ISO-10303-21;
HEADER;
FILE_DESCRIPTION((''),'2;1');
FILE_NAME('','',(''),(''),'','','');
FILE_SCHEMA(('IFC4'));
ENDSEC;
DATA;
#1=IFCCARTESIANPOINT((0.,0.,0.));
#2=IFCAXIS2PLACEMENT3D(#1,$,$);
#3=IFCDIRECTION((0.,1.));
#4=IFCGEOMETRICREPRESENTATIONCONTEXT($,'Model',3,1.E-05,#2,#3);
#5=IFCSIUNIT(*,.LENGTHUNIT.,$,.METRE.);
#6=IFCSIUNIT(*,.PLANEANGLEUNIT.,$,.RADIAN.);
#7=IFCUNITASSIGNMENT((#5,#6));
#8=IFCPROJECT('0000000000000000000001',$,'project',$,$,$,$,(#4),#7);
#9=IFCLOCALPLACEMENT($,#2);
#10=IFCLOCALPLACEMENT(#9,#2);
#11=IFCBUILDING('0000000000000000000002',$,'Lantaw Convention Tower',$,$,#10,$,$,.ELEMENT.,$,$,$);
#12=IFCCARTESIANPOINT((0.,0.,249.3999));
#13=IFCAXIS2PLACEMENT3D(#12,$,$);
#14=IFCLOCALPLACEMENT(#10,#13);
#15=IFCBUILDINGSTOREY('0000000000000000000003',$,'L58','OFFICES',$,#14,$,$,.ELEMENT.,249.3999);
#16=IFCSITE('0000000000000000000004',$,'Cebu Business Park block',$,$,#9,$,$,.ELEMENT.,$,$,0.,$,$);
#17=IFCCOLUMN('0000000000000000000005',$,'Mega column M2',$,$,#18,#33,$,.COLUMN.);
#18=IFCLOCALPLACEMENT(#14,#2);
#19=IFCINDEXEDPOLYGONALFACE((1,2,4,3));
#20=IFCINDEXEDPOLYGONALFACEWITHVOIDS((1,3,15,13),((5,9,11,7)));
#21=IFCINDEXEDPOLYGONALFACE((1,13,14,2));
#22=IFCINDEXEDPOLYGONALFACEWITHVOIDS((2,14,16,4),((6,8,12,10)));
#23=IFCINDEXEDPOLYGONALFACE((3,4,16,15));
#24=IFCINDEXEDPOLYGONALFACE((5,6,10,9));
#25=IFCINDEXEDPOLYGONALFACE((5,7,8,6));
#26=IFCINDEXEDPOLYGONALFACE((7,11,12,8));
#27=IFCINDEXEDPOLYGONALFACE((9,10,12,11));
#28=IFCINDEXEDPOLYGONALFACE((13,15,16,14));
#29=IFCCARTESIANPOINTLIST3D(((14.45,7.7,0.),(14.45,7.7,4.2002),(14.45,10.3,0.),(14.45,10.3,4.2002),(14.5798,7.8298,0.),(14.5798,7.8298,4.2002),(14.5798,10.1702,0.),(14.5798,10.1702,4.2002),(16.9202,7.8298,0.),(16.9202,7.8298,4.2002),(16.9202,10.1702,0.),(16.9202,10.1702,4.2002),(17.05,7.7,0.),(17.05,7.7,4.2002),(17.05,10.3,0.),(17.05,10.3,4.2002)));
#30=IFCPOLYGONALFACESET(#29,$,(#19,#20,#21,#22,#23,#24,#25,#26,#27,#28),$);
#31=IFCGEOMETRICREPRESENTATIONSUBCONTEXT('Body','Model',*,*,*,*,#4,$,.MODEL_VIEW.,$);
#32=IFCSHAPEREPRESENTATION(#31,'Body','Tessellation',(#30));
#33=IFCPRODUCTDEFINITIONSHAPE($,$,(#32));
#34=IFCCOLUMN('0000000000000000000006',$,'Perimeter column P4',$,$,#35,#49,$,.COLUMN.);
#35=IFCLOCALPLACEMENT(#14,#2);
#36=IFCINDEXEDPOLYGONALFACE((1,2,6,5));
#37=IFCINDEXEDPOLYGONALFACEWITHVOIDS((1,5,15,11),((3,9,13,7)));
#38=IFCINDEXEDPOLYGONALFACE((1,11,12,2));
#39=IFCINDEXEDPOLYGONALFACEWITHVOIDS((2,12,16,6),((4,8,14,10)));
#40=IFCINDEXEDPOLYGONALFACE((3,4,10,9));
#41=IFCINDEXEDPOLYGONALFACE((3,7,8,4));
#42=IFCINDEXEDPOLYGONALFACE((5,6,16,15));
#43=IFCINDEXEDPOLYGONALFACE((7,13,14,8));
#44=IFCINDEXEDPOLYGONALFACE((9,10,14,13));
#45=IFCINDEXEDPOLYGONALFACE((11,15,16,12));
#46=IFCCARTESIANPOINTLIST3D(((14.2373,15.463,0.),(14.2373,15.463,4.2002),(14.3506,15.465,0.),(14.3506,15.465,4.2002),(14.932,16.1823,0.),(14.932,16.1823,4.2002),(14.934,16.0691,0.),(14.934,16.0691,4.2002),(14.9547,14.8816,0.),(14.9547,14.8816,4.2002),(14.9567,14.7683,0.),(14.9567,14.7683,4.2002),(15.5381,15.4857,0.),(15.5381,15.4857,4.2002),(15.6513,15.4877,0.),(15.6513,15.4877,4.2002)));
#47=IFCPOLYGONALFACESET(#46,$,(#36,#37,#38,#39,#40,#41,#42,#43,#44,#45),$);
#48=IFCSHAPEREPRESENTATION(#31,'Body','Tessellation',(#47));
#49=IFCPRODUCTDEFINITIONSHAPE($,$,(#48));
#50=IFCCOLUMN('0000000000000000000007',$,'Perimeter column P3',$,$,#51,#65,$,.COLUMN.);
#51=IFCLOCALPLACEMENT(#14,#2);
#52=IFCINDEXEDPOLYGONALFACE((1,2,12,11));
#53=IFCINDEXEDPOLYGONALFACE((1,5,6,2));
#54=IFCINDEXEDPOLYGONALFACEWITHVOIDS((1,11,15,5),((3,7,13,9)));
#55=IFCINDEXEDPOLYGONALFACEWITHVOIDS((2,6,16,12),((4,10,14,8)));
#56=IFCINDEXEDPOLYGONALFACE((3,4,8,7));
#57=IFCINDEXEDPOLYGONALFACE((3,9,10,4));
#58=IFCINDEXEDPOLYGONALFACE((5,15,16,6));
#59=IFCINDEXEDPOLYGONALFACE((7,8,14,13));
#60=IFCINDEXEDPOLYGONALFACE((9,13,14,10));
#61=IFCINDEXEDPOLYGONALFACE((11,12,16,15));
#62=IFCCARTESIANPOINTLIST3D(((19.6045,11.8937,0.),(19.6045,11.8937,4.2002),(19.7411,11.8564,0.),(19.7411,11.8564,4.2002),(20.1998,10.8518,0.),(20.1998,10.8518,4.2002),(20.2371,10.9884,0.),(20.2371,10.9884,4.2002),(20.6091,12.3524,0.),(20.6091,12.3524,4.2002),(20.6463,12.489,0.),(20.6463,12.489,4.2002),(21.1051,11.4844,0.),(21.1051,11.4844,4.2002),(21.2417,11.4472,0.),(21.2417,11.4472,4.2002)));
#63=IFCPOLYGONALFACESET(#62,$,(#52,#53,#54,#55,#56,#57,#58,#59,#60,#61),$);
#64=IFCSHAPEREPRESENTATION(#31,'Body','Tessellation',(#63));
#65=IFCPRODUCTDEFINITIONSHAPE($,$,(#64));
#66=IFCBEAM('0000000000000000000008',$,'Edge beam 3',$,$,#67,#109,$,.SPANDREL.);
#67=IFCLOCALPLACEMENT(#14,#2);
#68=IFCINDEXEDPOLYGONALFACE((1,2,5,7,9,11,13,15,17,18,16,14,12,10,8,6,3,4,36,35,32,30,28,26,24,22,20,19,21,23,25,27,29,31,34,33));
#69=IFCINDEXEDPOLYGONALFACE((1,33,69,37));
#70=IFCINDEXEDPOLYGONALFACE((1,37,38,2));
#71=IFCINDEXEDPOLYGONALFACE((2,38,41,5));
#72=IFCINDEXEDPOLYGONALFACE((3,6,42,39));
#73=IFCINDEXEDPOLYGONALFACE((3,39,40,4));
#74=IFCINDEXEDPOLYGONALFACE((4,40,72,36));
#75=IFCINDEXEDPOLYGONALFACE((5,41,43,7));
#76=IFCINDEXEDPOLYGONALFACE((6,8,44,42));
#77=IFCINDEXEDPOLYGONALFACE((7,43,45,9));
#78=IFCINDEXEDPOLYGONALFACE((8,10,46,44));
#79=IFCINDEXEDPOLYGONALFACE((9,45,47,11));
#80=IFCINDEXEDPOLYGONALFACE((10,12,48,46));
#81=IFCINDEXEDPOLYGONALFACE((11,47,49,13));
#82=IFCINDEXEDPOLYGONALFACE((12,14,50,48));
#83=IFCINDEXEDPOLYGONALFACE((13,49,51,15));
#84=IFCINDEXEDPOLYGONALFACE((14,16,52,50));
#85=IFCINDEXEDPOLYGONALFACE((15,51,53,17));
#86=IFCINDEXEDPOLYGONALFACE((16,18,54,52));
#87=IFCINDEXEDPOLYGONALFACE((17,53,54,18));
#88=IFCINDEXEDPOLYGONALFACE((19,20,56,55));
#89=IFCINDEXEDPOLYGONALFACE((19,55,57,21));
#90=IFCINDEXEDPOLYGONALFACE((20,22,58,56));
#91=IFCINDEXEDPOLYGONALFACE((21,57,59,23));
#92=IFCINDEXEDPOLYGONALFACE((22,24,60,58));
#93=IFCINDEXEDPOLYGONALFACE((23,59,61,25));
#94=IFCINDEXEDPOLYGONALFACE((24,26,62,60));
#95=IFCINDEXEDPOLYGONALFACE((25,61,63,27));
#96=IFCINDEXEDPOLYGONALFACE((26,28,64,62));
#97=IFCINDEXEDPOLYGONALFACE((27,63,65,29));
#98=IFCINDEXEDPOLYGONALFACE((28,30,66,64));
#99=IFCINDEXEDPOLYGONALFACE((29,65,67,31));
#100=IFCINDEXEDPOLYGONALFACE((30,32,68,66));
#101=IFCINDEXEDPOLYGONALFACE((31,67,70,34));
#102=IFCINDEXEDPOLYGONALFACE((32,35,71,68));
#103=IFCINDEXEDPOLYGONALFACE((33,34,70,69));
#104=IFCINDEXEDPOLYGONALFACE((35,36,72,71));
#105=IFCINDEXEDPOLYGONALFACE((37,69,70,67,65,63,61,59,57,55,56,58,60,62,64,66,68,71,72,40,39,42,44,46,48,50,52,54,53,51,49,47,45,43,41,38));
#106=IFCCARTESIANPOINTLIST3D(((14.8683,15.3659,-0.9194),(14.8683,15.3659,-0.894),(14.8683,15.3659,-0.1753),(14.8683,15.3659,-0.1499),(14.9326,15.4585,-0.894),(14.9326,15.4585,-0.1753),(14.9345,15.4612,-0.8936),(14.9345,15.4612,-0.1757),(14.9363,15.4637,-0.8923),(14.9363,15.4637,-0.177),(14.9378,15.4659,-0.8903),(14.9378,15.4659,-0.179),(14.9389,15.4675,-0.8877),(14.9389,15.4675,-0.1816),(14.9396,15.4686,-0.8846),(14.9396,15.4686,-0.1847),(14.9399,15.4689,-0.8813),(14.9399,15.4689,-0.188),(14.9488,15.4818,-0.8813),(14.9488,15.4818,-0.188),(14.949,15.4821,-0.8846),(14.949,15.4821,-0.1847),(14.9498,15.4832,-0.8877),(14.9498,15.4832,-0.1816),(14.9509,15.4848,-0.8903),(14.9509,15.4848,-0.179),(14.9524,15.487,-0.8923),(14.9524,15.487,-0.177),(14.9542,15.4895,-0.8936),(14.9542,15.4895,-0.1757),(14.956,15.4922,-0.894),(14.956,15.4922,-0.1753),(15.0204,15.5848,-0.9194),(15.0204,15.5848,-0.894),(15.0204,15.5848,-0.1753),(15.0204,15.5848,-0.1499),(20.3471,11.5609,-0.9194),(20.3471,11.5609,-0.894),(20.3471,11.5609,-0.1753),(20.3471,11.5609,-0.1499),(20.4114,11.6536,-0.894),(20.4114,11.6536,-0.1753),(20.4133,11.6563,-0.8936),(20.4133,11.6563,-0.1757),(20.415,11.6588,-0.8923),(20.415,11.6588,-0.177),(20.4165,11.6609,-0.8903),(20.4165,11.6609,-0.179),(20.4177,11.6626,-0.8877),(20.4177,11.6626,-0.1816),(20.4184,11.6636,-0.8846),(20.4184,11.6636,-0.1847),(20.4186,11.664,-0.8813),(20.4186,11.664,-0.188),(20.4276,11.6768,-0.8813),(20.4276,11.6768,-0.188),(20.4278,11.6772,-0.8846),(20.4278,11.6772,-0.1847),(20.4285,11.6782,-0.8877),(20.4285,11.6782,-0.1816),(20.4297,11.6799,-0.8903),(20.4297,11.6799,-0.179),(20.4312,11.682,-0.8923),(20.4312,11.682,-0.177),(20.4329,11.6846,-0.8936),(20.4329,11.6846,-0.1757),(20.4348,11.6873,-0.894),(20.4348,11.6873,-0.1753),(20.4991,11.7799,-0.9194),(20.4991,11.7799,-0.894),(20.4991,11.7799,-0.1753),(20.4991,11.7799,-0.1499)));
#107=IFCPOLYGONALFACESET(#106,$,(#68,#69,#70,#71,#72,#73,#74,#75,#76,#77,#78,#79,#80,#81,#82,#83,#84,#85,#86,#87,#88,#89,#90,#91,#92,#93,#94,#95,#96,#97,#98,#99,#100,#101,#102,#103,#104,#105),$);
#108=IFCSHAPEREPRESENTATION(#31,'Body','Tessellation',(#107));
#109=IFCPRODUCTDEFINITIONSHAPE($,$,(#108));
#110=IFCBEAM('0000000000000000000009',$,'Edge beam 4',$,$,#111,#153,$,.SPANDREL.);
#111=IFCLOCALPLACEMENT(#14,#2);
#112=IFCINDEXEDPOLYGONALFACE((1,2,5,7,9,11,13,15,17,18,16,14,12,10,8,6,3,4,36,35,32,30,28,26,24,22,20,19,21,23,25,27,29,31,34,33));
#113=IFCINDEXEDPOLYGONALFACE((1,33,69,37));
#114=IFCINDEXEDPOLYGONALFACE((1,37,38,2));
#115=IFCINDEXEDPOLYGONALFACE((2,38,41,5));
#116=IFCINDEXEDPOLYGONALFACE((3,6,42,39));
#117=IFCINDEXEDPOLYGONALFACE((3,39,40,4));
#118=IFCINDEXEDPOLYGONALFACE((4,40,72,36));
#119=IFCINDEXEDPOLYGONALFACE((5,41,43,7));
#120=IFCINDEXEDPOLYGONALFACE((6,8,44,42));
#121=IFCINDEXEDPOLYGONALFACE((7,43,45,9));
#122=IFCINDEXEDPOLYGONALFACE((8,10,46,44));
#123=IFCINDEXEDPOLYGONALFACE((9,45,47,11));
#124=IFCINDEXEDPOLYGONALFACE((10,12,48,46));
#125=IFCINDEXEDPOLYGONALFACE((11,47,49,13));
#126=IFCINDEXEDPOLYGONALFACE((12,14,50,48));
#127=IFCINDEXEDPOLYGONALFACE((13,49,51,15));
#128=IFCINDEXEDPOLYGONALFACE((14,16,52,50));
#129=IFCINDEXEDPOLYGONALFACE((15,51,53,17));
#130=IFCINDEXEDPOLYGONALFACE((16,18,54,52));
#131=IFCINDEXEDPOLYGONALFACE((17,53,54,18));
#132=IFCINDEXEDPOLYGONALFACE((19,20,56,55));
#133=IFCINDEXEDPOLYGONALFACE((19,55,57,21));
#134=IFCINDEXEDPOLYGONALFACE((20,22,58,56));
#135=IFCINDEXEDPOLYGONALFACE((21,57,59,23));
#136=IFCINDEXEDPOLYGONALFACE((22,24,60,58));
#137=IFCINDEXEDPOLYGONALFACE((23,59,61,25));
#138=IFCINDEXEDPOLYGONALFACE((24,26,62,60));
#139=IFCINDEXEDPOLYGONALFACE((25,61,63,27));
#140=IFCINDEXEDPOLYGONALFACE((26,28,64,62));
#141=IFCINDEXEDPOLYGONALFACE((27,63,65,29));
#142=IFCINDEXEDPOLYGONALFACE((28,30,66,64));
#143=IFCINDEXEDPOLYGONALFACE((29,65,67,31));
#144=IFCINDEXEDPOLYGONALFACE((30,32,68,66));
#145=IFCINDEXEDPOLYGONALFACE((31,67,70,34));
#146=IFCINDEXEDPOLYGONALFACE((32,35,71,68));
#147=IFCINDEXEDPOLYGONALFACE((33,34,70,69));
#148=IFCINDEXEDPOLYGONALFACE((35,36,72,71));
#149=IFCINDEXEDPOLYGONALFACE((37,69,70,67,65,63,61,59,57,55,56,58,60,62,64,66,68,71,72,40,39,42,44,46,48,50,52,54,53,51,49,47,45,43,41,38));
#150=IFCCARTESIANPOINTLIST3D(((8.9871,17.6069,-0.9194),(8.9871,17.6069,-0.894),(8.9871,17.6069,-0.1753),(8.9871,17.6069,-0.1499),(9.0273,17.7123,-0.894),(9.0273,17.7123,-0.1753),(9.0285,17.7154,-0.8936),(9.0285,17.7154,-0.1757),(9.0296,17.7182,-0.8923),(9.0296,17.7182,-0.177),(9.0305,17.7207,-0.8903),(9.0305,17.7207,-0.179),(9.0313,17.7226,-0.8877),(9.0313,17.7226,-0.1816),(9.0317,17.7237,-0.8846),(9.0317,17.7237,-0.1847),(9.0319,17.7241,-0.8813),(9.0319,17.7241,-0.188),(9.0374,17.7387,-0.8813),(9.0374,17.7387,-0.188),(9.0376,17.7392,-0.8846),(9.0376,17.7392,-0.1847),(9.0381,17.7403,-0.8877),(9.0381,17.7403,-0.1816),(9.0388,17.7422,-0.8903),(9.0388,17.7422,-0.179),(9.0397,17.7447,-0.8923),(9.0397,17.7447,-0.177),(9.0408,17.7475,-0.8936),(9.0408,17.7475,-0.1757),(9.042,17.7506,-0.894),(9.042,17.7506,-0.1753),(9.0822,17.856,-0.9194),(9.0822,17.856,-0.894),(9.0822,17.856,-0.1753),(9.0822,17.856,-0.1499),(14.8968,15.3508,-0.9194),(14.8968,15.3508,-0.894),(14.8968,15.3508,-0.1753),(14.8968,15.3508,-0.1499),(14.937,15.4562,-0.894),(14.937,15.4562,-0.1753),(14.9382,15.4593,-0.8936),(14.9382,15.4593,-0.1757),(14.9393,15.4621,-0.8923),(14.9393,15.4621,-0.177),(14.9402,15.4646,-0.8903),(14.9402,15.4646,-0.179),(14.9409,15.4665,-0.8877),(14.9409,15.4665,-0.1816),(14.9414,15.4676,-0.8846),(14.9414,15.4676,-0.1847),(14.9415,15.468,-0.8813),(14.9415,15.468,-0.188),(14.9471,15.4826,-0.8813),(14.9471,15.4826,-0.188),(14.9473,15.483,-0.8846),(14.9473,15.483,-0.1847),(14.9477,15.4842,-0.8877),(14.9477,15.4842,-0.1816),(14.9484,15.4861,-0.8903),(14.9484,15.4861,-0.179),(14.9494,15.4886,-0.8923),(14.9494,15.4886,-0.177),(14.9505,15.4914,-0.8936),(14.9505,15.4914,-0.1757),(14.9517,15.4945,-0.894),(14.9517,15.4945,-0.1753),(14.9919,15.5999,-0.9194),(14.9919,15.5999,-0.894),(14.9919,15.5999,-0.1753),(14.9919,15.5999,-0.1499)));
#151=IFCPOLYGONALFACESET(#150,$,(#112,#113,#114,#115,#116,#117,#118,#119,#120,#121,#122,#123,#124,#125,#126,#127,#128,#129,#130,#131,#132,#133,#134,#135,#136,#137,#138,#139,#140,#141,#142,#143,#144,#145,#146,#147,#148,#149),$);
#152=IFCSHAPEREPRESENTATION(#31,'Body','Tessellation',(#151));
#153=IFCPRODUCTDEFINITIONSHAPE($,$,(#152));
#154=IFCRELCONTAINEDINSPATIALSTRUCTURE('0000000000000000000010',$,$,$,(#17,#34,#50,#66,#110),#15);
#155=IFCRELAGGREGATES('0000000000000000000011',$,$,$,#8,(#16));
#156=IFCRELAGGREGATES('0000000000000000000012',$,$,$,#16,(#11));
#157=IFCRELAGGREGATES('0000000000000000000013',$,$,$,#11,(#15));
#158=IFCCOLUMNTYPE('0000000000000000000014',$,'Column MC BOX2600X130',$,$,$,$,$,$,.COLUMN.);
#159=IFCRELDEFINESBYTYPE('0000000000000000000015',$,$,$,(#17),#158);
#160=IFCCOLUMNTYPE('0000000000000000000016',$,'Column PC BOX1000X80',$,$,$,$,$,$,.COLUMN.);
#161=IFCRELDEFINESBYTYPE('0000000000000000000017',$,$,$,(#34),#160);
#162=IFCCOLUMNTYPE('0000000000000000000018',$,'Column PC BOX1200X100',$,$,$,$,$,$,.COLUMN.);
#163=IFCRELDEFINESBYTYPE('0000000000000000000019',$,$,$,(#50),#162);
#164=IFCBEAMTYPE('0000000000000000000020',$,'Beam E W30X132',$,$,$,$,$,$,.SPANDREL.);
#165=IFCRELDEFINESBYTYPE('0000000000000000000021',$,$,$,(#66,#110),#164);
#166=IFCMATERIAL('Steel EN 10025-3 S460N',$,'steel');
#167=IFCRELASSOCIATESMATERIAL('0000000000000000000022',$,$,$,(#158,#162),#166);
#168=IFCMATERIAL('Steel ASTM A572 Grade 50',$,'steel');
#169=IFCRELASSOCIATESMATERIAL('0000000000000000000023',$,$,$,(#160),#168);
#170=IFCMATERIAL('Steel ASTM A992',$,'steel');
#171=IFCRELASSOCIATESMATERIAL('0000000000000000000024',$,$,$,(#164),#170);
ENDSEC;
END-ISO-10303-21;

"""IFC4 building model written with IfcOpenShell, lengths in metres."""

from ifc_helpers import new_model, si_unit, direction, frame, origin, origin_2d, place, context, subcontext, project, spatial, rectangle, hollow_rectangle, i_section, extrude, material, material_profile, profile_set, type_object, element, save


model = new_model("IFC4")

# Units and contexts
model_context = context("Model", 3, precision=1e-05, world=origin(), true_north=direction((0.0, 1.0)))
body_context = subcontext(model_context, "Body", "Model", "MODEL_VIEW")
ifc_project = project(units=[si_unit("LENGTHUNIT", "METRE"), si_unit("PLANEANGLEUNIT", "RADIAN")], contexts=[model_context])

# Site, building, storey
site_placement = place(None, origin())
site = spatial("IfcSite", under=ifc_project, at=site_placement, Name="Cebu Business Park block", CompositionType="ELEMENT", RefElevation=0.0)
building_placement = place(site_placement, origin())
building = spatial("IfcBuilding", under=site, at=building_placement, Name="Lantaw Convention Tower", CompositionType="ELEMENT")
storey_placement = place(building_placement, frame((0.0, 0.0, 249.3999)))
storey = spatial("IfcBuildingStorey", under=building, at=storey_placement, Name="L58", Description="OFFICES", CompositionType="ELEMENT", Elevation=249.3999)

# Columns
ifc_material_1 = material(Name="Steel EN 10025-3 S460N", Category="steel")
ifc_material_profile_1 = material_profile(ifc_material_1, hollow_rectangle(XDim=2.6001, YDim=2.6001, WallThickness=0.1299, at=origin_2d()), Name="BOX2600X130")
ifc_material_2 = material(Name="Concrete C60/75", Category="concrete")
ifc_material_profile_2 = material_profile(ifc_material_2, rectangle(XDim=2.3401, YDim=2.3401, at=origin_2d()), Name="Concrete fill of BOX2600X130")
ifc_profile_set_1 = profile_set([ifc_material_profile_1, ifc_material_profile_2], Name="Steel EN 10025-3 S460N")
column_type_1 = type_object("IfcColumnType", Name="Column MC BOX2600X130", PredefinedType="COLUMN", material=ifc_profile_set_1)
column_1_placement = place(storey_placement, frame((15.75, 9.0, 0.0), z_axis=(0.0, 0.0, 1.0), x_axis=(1.0, 0.0, 0.0)))
element("IfcColumn", 1, at=column_1_placement, inside=storey, type_object=column_type_1, Name="Mega column M2", PredefinedType="COLUMN", context=body_context, shape_type="SweptSolid", body=[
    extrude(hollow_rectangle(XDim=2.6001, YDim=2.6001, WallThickness=0.1299, at=origin_2d()), origin(), (0.0, 0.0, 1.0), 4.2002),
])
ifc_material_3 = material(Name="Steel ASTM A572 Grade 50", Category="steel")
ifc_material_profile_3 = material_profile(ifc_material_3, hollow_rectangle(XDim=1.0, YDim=1.0, WallThickness=0.0801, at=origin_2d()), Name="BOX1000X80")
ifc_material_profile_4 = material_profile(ifc_material_2, rectangle(XDim=0.8401, YDim=0.8401, at=origin_2d()), Name="Concrete fill of BOX1000X80")
ifc_profile_set_2 = profile_set([ifc_material_profile_3, ifc_material_profile_4], Name="Steel ASTM A572 Grade 50")
column_type_2 = type_object("IfcColumnType", Name="Column PC BOX1000X80", PredefinedType="COLUMN", material=ifc_profile_set_2)
column_2_placement = place(storey_placement, frame((14.9443, 15.4753, 0.0), z_axis=(0.0, 0.0, 1.0), x_axis=(0.694658, 0.71934, 0.0)))
element("IfcColumn", 2, at=column_2_placement, inside=storey, type_object=column_type_2, Name="Perimeter column P4", PredefinedType="COLUMN", context=body_context, shape_type="SweptSolid", body=[
    extrude(hollow_rectangle(XDim=1.0, YDim=1.0, WallThickness=0.0801, at=origin_2d()), origin(), (0.0, 0.0, 1.0), 4.2002),
])
ifc_material_profile_5 = material_profile(ifc_material_1, hollow_rectangle(XDim=1.2, YDim=1.2, WallThickness=0.1001, at=origin_2d()), Name="BOX1200X100")
ifc_material_profile_6 = material_profile(ifc_material_2, rectangle(XDim=1.0, YDim=1.0, at=origin_2d()), Name="Concrete fill of BOX1200X100")
ifc_profile_set_3 = profile_set([ifc_material_profile_5, ifc_material_profile_6], Name="Steel EN 10025-3 S460N")
column_type_3 = type_object("IfcColumnType", Name="Column PC BOX1200X100", PredefinedType="COLUMN", material=ifc_profile_set_3)
column_3_placement = place(storey_placement, frame((20.4231, 11.6704, 0.0), z_axis=(0.0, 0.0, 1.0), x_axis=(0.868243, 0.496139, 0.0)))
element("IfcColumn", 3, at=column_3_placement, inside=storey, type_object=column_type_3, Name="Perimeter column P3", PredefinedType="COLUMN", context=body_context, shape_type="SweptSolid", body=[
    extrude(hollow_rectangle(XDim=1.2, YDim=1.2, WallThickness=0.1001, at=origin_2d()), origin(), (0.0, 0.0, 1.0), 4.2002),
])

# Beams
ifc_material_4 = material(Name="Steel ASTM A992", Category="steel")
ifc_material_profile_7 = material_profile(ifc_material_4, i_section(OverallWidth=0.2666, OverallDepth=0.7695, WebThickness=0.0156, FlangeThickness=0.0254, FilletRadius=0.0127, at=origin_2d()), Name="W30X132")
ifc_profile_set_4 = profile_set([ifc_material_profile_7], Name="Steel ASTM A992")
beam_type_1 = type_object("IfcBeamType", Name="Beam E W30X132", PredefinedType="SPANDREL", material=ifc_profile_set_4)
beam_1_placement = place(storey_placement, frame((20.4231, 11.6704, -0.5347), z_axis=(-0.821353, 0.57042, 0.0), x_axis=(-0.57042, -0.821353, 0.0)))
element("IfcBeam", 4, at=beam_1_placement, inside=storey, type_object=beam_type_1, Name="Edge beam 3", PredefinedType="SPANDREL", context=body_context, shape_type="SweptSolid", body=[
    extrude(i_section(OverallWidth=0.2666, OverallDepth=0.7695, WebThickness=0.0156, FlangeThickness=0.0254, FilletRadius=0.0127, at=origin_2d()), origin(), (0.0, 0.0, 1.0), 6.6704),
])
beam_2_placement = place(storey_placement, frame((14.9443, 15.4753, -0.5347), z_axis=(-0.934235, 0.356658, 0.0), x_axis=(-0.356658, -0.934235, 0.0)))
element("IfcBeam", 5, at=beam_2_placement, inside=storey, type_object=beam_type_1, Name="Edge beam 4", PredefinedType="SPANDREL", context=body_context, shape_type="SweptSolid", body=[
    extrude(i_section(OverallWidth=0.2666, OverallDepth=0.7695, WebThickness=0.0156, FlangeThickness=0.0254, FilletRadius=0.0127, at=origin_2d()), origin(), (0.0, 0.0, 1.0), 6.3257),
])

save(model, "model.ifc")
